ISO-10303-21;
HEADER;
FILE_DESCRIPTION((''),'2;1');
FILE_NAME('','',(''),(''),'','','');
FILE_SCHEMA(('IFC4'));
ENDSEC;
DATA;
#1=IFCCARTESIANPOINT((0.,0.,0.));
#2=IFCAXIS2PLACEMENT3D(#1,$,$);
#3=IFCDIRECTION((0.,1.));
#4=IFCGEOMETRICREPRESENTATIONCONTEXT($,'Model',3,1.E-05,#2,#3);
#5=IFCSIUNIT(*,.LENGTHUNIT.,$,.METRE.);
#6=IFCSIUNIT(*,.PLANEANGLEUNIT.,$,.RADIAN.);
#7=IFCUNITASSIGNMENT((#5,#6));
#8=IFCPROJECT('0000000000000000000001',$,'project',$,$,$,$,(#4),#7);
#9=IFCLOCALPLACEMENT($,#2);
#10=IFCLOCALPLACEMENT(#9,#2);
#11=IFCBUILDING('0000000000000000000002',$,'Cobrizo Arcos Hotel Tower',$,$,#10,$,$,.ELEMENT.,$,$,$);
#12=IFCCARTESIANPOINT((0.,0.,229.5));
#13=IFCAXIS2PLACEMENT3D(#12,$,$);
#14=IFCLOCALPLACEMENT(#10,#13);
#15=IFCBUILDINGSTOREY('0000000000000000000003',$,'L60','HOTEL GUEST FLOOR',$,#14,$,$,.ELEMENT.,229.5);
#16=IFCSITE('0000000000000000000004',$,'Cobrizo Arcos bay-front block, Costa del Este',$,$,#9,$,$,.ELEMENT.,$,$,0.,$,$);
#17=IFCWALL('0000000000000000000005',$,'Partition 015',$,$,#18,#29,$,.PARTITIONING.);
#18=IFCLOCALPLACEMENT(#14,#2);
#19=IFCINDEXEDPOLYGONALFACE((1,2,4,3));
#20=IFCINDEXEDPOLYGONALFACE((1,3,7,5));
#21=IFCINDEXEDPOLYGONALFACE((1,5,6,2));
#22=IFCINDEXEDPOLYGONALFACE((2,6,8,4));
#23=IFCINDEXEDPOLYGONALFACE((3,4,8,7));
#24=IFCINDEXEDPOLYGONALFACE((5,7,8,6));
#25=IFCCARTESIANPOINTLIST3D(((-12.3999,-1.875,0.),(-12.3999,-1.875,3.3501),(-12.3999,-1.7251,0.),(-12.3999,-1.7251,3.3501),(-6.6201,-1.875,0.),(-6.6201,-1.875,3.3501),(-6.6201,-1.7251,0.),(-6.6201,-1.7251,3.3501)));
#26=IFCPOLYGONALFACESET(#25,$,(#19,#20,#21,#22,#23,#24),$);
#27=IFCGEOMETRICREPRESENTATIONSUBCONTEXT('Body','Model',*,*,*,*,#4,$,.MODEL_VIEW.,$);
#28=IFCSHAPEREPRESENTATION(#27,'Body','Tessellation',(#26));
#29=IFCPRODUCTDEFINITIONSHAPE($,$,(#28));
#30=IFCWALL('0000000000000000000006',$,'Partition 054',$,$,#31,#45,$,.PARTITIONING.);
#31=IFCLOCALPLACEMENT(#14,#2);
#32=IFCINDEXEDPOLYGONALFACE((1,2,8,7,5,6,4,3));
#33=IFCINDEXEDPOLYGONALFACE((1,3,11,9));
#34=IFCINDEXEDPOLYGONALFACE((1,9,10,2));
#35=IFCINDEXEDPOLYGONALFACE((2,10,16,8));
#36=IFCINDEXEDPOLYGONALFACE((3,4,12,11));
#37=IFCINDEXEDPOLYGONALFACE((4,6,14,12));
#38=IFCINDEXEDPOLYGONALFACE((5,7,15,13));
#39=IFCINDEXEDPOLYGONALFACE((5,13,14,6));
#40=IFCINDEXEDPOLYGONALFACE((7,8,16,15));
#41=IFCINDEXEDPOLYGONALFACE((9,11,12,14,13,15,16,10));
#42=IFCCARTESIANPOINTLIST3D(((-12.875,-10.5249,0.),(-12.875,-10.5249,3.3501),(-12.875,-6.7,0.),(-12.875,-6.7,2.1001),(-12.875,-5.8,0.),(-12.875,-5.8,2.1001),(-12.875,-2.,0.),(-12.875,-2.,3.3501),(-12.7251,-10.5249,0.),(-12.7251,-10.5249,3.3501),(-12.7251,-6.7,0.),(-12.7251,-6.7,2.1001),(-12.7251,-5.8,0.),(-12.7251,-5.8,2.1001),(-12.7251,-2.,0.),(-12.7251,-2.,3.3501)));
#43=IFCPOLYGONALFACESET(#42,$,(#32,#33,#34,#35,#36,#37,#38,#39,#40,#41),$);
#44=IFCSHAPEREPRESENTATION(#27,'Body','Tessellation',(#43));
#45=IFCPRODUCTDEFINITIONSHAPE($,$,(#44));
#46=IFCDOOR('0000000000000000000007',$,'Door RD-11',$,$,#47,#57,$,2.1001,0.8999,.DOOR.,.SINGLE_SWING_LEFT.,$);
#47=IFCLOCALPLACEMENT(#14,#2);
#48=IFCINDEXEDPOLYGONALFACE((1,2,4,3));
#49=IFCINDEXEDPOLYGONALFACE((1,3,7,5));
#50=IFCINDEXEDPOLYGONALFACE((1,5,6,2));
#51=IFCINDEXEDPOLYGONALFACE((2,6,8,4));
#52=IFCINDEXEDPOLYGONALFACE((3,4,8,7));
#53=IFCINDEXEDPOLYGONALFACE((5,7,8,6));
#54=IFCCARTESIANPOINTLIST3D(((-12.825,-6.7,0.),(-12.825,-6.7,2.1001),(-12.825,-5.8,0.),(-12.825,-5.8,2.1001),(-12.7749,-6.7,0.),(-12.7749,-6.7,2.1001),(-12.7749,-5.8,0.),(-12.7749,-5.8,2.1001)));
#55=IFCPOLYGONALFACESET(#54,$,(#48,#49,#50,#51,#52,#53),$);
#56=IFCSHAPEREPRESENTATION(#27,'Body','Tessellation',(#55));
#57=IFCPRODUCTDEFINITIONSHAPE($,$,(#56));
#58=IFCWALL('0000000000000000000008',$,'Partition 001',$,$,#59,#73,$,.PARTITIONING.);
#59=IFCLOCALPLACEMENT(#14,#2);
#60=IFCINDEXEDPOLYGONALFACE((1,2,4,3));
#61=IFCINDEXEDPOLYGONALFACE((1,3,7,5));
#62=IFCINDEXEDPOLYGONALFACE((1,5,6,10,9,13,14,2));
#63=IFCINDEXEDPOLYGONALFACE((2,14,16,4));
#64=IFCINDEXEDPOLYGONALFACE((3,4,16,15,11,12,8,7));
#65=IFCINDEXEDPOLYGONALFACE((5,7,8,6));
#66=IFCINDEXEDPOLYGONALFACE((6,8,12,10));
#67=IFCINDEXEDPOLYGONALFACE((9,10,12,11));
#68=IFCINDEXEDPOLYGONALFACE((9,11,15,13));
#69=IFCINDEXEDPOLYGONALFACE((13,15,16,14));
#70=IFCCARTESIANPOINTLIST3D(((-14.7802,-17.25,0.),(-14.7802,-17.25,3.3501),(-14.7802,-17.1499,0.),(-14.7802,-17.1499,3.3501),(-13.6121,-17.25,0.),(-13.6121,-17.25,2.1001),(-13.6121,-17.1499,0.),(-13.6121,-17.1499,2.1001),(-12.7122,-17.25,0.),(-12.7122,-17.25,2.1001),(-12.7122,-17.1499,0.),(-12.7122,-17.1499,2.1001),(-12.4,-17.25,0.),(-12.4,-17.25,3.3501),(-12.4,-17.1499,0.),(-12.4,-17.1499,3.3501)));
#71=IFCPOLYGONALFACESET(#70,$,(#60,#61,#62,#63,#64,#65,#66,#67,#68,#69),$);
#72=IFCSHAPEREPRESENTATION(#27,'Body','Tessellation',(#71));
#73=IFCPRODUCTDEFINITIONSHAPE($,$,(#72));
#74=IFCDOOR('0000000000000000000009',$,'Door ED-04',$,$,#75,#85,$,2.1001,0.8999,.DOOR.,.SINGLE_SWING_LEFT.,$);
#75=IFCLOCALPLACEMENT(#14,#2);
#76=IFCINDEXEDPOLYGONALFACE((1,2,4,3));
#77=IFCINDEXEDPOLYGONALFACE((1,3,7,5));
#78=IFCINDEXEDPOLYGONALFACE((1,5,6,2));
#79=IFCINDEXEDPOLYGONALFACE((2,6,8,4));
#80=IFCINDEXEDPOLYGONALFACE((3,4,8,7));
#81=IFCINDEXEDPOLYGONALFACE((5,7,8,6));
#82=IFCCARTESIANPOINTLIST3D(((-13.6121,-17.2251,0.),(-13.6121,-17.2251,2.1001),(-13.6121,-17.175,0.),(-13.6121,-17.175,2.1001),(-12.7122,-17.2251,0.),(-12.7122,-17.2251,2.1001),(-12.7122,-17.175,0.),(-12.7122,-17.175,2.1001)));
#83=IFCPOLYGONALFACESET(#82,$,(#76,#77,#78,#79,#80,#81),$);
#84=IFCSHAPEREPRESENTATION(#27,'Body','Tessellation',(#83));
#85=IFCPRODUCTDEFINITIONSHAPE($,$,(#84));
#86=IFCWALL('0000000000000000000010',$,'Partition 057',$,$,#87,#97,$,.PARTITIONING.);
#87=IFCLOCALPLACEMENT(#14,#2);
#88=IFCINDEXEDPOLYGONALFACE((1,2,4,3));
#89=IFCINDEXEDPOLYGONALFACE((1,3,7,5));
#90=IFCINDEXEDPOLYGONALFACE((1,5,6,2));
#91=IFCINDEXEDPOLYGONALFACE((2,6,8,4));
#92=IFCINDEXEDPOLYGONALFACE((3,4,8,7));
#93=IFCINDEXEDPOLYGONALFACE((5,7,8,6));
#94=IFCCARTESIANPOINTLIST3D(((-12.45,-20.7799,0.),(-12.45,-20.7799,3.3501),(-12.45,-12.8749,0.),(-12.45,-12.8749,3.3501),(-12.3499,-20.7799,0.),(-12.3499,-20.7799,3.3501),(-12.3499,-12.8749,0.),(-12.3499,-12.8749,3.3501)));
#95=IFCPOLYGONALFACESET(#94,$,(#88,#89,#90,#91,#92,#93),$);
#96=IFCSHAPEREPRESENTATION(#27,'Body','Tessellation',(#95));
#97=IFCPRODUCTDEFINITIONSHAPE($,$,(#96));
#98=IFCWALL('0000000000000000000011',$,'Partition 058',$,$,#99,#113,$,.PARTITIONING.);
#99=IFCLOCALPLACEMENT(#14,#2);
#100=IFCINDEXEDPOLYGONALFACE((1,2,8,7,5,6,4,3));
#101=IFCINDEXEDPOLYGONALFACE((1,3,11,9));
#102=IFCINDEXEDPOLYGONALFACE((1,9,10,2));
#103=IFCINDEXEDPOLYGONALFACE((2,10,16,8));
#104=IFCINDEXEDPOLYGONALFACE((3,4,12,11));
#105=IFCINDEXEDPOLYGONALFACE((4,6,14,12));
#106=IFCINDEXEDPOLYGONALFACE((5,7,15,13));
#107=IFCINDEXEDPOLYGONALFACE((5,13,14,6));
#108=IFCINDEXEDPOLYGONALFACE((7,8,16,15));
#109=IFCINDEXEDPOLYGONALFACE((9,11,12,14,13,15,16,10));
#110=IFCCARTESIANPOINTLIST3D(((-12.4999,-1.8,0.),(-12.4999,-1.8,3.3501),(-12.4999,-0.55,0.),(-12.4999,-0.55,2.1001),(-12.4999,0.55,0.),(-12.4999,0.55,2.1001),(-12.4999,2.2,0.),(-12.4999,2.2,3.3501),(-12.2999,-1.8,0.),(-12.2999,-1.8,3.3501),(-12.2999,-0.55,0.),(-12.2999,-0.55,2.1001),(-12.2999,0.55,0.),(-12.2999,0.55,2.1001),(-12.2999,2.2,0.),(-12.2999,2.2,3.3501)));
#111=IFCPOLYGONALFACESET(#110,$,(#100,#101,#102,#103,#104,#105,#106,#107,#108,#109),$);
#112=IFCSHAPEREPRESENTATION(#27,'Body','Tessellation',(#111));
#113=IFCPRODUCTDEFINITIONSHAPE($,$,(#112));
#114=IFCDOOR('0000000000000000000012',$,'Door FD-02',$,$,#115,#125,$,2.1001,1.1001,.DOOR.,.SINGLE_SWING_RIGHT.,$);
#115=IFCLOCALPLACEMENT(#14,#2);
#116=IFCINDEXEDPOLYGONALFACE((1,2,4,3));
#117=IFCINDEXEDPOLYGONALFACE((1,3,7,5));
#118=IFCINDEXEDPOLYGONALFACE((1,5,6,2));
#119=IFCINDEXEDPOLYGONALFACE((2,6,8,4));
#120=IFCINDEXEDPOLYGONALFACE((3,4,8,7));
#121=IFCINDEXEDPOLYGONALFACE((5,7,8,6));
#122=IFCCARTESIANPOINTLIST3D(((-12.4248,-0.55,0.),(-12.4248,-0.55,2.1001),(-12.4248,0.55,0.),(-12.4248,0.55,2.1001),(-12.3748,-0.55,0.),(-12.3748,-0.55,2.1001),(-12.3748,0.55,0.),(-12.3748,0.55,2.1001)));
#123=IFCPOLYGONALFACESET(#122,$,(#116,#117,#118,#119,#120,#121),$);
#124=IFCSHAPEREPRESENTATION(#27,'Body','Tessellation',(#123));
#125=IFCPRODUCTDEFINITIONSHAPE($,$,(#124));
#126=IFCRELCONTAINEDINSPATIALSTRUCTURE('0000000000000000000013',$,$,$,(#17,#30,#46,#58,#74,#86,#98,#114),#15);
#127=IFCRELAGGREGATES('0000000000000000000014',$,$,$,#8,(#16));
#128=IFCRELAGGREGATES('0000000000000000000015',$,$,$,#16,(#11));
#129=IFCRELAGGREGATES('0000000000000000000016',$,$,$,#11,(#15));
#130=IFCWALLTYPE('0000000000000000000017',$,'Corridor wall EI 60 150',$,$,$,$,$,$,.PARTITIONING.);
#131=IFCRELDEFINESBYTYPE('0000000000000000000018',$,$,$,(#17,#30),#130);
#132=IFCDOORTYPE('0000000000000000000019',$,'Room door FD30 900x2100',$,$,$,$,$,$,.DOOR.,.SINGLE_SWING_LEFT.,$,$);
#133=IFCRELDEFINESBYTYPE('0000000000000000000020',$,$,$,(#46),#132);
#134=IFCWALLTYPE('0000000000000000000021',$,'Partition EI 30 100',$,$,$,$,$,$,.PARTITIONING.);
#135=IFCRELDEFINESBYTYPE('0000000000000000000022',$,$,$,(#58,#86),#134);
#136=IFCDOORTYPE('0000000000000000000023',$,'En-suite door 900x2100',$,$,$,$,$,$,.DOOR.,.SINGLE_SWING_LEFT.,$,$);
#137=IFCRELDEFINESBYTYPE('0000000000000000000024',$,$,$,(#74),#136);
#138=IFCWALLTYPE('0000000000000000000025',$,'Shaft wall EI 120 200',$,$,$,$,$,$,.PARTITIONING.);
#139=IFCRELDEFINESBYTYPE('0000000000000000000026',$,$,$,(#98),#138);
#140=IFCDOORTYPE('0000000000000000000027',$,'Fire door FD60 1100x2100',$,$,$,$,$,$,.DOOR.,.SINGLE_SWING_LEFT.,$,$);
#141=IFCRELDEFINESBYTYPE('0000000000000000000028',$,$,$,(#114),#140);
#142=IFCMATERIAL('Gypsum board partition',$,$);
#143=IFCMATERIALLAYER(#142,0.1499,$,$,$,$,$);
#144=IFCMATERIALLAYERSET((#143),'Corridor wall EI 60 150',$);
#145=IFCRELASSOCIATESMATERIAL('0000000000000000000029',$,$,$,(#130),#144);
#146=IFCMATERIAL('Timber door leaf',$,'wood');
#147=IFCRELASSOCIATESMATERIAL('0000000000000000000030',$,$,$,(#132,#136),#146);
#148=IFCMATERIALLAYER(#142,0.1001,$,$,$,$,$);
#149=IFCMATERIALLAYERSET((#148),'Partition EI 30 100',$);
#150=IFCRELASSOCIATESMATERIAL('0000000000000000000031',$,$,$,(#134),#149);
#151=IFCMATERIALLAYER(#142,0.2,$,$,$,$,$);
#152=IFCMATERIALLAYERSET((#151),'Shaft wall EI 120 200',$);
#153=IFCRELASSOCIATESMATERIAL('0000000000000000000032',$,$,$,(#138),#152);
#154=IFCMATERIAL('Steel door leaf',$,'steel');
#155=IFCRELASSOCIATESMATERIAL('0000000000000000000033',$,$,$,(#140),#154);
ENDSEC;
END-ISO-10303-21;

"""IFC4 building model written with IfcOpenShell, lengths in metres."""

from ifc_helpers import new_model, si_unit, direction, frame, frame_2d, origin, place, context, subcontext, project, spatial, rectangle, extrude, material, layer, layer_set, type_object, element, fill, save


model = new_model("IFC4")

# Units and contexts
model_context = context("Model", 3, precision=1e-05, world=origin(), true_north=direction((0.0, 1.0)))
body_context = subcontext(model_context, "Body", "Model", "MODEL_VIEW")
ifc_project = project(units=[si_unit("LENGTHUNIT", "METRE"), si_unit("PLANEANGLEUNIT", "RADIAN")], contexts=[model_context])

# Site, building, storey
site_placement = place(None, origin())
site = spatial("IfcSite", under=ifc_project, at=site_placement, Name="Cobrizo Arcos bay-front block, Costa del Este", CompositionType="ELEMENT", RefElevation=0.0)
building_placement = place(site_placement, origin())
building = spatial("IfcBuilding", under=site, at=building_placement, Name="Cobrizo Arcos Hotel Tower", CompositionType="ELEMENT")
storey_placement = place(building_placement, frame((0.0, 0.0, 229.5)))
storey = spatial("IfcBuildingStorey", under=building, at=storey_placement, Name="L60", Description="HOTEL GUEST FLOOR", CompositionType="ELEMENT", Elevation=229.5)

# Wall
ifc_material_1 = material(Name="Gypsum board partition")
ifc_layer_1 = layer(ifc_material_1, 0.1499)
ifc_layer_set_1 = layer_set([ifc_layer_1], Name="Corridor wall EI 60 150")
wall_type_1 = type_object("IfcWallType", Name="Corridor wall EI 60 150", PredefinedType="PARTITIONING", material=ifc_layer_set_1)
wall_1_placement = place(storey_placement, frame((-12.3999, -1.8, 0.0), z_axis=(0.0, 0.0, 1.0), x_axis=(1.0, 0.0, 0.0)))
element("IfcWall", 1, at=wall_1_placement, inside=storey, type_object=wall_type_1, Name="Partition 015", PredefinedType="PARTITIONING", context=body_context, shape_type="SweptSolid", body=[
    extrude(rectangle(XDim=5.7798, YDim=0.1499, at=frame_2d((2.8899, 0.0))), origin(), (0.0, 0.0, 1.0), 3.3501),
])

# Walls, openings, doors
wall_2_placement = place(storey_placement, frame((-12.8, -10.5249, 0.0), z_axis=(0.0, 0.0, 1.0), x_axis=(0.0, 1.0, 0.0)))
wall_2 = element("IfcWall", 2, at=wall_2_placement, inside=storey, type_object=wall_type_1, Name="Partition 054", PredefinedType="PARTITIONING", context=body_context, shape_type="SweptSolid", body=[
    extrude(rectangle(XDim=8.5249, YDim=0.1499, at=frame_2d((4.2625, 0.0))), origin(), (0.0, 0.0, 1.0), 3.3501),
])
opening_1_placement = place(wall_2_placement, frame((3.825, 0.0, 0.0)))
opening_1 = element("IfcOpeningElement", 3, at=opening_1_placement, cuts=wall_2, PredefinedType="OPENING", context=body_context, shape_type="SweptSolid", body=[
    extrude(rectangle(XDim=0.8999, YDim=2.1001, at=frame_2d((0.45, 1.05))), frame((0.0, 0.0869, 0.0), z_axis=(0.0, -1.0, 0.0), x_axis=(1.0, 0.0, 0.0)), (0.0, 0.0, 1.0), 0.1738),
])
ifc_material_2 = material(Name="Timber door leaf", Category="wood")
door_type_1 = type_object("IfcDoorType", Name="Room door FD30 900x2100", OperationType="SINGLE_SWING_LEFT", PredefinedType="DOOR", material=ifc_material_2)
door_1_placement = place(opening_1_placement, origin())
door_1 = element("IfcDoor", 4, at=door_1_placement, inside=storey, type_object=door_type_1, Name="Door RD-11", OperationType="SINGLE_SWING_LEFT", OverallHeight=2.1001, OverallWidth=0.8999, PredefinedType="DOOR", context=body_context, shape_type="SweptSolid", body=[
    extrude(rectangle(XDim=0.8999, YDim=2.1001, at=frame_2d((0.45, 1.05))), frame((0.0, 0.0249, 0.0), z_axis=(0.0, -1.0, 0.0), x_axis=(1.0, 0.0, 0.0)), (0.0, 0.0, 1.0), 0.05),
])
fill(opening_1, door_1)
ifc_layer_2 = layer(ifc_material_1, 0.1001)
ifc_layer_set_2 = layer_set([ifc_layer_2], Name="Partition EI 30 100")
wall_type_2 = type_object("IfcWallType", Name="Partition EI 30 100", PredefinedType="PARTITIONING", material=ifc_layer_set_2)
wall_3_placement = place(storey_placement, frame((-14.78, -17.2, 0.0), z_axis=(0.0, 0.0, 1.0), x_axis=(1.0, 0.0, 0.0)))
wall_3 = element("IfcWall", 5, at=wall_3_placement, inside=storey, type_object=wall_type_2, Name="Partition 001", PredefinedType="PARTITIONING", context=body_context, shape_type="SweptSolid", body=[
    extrude(rectangle(XDim=2.3801, YDim=0.1001, at=frame_2d((1.1899, 0.0))), origin(), (0.0, 0.0, 1.0), 3.3501),
])
opening_2_placement = place(wall_3_placement, frame((1.168, 0.0, 0.0)))
opening_2 = element("IfcOpeningElement", 6, at=opening_2_placement, cuts=wall_3, PredefinedType="OPENING", context=body_context, shape_type="SweptSolid", body=[
    extrude(rectangle(XDim=0.8999, YDim=2.1001, at=frame_2d((0.45, 1.05))), frame((0.0, 0.062, 0.0), z_axis=(0.0, -1.0, 0.0), x_axis=(1.0, 0.0, 0.0)), (0.0, 0.0, 1.0), 0.124),
])
door_type_2 = type_object("IfcDoorType", Name="En-suite door 900x2100", OperationType="SINGLE_SWING_LEFT", PredefinedType="DOOR", material=ifc_material_2)
door_2_placement = place(opening_2_placement, origin())
door_2 = element("IfcDoor", 7, at=door_2_placement, inside=storey, type_object=door_type_2, Name="Door ED-04", OperationType="SINGLE_SWING_LEFT", OverallHeight=2.1001, OverallWidth=0.8999, PredefinedType="DOOR", context=body_context, shape_type="SweptSolid", body=[
    extrude(rectangle(XDim=0.8999, YDim=2.1001, at=frame_2d((0.45, 1.05))), frame((0.0, 0.0249, 0.0), z_axis=(0.0, -1.0, 0.0), x_axis=(1.0, 0.0, 0.0)), (0.0, 0.0, 1.0), 0.05),
])
fill(opening_2, door_2)

# Wall
wall_4_placement = place(storey_placement, frame((-12.3999, -20.78, 0.0), z_axis=(0.0, 0.0, 1.0), x_axis=(0.0, 1.0, 0.0)))
element("IfcWall", 8, at=wall_4_placement, inside=storey, type_object=wall_type_2, Name="Partition 057", PredefinedType="PARTITIONING", context=body_context, shape_type="SweptSolid", body=[
    extrude(rectangle(XDim=7.905, YDim=0.1001, at=frame_2d((3.9526, 0.0))), origin(), (0.0, 0.0, 1.0), 3.3501),
])

# Wall, opening, door
ifc_layer_3 = layer(ifc_material_1, 0.2)
ifc_layer_set_3 = layer_set([ifc_layer_3], Name="Shaft wall EI 120 200")
wall_type_3 = type_object("IfcWallType", Name="Shaft wall EI 120 200", PredefinedType="PARTITIONING", material=ifc_layer_set_3)
wall_5_placement = place(storey_placement, frame((-12.3999, -1.8, 0.0), z_axis=(0.0, 0.0, 1.0), x_axis=(0.0, 1.0, 0.0)))
wall_5 = element("IfcWall", 9, at=wall_5_placement, inside=storey, type_object=wall_type_3, Name="Partition 058", PredefinedType="PARTITIONING", context=body_context, shape_type="SweptSolid", body=[
    extrude(rectangle(XDim=4.0, YDim=0.2, at=frame_2d((2.0, 0.0))), origin(), (0.0, 0.0, 1.0), 3.3501),
])
opening_3_placement = place(wall_5_placement, frame((1.25, 0.0, 0.0)))
opening_3 = element("IfcOpeningElement", 10, at=opening_3_placement, cuts=wall_5, PredefinedType="OPENING", context=body_context, shape_type="SweptSolid", body=[
    extrude(rectangle(XDim=1.1001, YDim=2.1001, at=frame_2d((0.55, 1.05))), frame((0.0, 0.1121, 0.0), z_axis=(0.0, -1.0, 0.0), x_axis=(1.0, 0.0, 0.0)), (0.0, 0.0, 1.0), 0.2239),
])
ifc_material_3 = material(Name="Steel door leaf", Category="steel")
door_type_3 = type_object("IfcDoorType", Name="Fire door FD60 1100x2100", OperationType="SINGLE_SWING_LEFT", PredefinedType="DOOR", material=ifc_material_3)
door_3_placement = place(opening_3_placement, origin())
door_3 = element("IfcDoor", 11, at=door_3_placement, inside=storey, type_object=door_type_3, Name="Door FD-02", OperationType="SINGLE_SWING_RIGHT", OverallHeight=2.1001, OverallWidth=1.1001, PredefinedType="DOOR", context=body_context, shape_type="SweptSolid", body=[
    extrude(rectangle(XDim=1.1001, YDim=2.1001, at=frame_2d((0.55, 1.05))), frame((0.0, 0.0249, 0.0), z_axis=(0.0, -1.0, 0.0), x_axis=(1.0, 0.0, 0.0)), (0.0, 0.0, 1.0), 0.05),
])
fill(opening_3, door_3)

save(model, "model.ifc")
